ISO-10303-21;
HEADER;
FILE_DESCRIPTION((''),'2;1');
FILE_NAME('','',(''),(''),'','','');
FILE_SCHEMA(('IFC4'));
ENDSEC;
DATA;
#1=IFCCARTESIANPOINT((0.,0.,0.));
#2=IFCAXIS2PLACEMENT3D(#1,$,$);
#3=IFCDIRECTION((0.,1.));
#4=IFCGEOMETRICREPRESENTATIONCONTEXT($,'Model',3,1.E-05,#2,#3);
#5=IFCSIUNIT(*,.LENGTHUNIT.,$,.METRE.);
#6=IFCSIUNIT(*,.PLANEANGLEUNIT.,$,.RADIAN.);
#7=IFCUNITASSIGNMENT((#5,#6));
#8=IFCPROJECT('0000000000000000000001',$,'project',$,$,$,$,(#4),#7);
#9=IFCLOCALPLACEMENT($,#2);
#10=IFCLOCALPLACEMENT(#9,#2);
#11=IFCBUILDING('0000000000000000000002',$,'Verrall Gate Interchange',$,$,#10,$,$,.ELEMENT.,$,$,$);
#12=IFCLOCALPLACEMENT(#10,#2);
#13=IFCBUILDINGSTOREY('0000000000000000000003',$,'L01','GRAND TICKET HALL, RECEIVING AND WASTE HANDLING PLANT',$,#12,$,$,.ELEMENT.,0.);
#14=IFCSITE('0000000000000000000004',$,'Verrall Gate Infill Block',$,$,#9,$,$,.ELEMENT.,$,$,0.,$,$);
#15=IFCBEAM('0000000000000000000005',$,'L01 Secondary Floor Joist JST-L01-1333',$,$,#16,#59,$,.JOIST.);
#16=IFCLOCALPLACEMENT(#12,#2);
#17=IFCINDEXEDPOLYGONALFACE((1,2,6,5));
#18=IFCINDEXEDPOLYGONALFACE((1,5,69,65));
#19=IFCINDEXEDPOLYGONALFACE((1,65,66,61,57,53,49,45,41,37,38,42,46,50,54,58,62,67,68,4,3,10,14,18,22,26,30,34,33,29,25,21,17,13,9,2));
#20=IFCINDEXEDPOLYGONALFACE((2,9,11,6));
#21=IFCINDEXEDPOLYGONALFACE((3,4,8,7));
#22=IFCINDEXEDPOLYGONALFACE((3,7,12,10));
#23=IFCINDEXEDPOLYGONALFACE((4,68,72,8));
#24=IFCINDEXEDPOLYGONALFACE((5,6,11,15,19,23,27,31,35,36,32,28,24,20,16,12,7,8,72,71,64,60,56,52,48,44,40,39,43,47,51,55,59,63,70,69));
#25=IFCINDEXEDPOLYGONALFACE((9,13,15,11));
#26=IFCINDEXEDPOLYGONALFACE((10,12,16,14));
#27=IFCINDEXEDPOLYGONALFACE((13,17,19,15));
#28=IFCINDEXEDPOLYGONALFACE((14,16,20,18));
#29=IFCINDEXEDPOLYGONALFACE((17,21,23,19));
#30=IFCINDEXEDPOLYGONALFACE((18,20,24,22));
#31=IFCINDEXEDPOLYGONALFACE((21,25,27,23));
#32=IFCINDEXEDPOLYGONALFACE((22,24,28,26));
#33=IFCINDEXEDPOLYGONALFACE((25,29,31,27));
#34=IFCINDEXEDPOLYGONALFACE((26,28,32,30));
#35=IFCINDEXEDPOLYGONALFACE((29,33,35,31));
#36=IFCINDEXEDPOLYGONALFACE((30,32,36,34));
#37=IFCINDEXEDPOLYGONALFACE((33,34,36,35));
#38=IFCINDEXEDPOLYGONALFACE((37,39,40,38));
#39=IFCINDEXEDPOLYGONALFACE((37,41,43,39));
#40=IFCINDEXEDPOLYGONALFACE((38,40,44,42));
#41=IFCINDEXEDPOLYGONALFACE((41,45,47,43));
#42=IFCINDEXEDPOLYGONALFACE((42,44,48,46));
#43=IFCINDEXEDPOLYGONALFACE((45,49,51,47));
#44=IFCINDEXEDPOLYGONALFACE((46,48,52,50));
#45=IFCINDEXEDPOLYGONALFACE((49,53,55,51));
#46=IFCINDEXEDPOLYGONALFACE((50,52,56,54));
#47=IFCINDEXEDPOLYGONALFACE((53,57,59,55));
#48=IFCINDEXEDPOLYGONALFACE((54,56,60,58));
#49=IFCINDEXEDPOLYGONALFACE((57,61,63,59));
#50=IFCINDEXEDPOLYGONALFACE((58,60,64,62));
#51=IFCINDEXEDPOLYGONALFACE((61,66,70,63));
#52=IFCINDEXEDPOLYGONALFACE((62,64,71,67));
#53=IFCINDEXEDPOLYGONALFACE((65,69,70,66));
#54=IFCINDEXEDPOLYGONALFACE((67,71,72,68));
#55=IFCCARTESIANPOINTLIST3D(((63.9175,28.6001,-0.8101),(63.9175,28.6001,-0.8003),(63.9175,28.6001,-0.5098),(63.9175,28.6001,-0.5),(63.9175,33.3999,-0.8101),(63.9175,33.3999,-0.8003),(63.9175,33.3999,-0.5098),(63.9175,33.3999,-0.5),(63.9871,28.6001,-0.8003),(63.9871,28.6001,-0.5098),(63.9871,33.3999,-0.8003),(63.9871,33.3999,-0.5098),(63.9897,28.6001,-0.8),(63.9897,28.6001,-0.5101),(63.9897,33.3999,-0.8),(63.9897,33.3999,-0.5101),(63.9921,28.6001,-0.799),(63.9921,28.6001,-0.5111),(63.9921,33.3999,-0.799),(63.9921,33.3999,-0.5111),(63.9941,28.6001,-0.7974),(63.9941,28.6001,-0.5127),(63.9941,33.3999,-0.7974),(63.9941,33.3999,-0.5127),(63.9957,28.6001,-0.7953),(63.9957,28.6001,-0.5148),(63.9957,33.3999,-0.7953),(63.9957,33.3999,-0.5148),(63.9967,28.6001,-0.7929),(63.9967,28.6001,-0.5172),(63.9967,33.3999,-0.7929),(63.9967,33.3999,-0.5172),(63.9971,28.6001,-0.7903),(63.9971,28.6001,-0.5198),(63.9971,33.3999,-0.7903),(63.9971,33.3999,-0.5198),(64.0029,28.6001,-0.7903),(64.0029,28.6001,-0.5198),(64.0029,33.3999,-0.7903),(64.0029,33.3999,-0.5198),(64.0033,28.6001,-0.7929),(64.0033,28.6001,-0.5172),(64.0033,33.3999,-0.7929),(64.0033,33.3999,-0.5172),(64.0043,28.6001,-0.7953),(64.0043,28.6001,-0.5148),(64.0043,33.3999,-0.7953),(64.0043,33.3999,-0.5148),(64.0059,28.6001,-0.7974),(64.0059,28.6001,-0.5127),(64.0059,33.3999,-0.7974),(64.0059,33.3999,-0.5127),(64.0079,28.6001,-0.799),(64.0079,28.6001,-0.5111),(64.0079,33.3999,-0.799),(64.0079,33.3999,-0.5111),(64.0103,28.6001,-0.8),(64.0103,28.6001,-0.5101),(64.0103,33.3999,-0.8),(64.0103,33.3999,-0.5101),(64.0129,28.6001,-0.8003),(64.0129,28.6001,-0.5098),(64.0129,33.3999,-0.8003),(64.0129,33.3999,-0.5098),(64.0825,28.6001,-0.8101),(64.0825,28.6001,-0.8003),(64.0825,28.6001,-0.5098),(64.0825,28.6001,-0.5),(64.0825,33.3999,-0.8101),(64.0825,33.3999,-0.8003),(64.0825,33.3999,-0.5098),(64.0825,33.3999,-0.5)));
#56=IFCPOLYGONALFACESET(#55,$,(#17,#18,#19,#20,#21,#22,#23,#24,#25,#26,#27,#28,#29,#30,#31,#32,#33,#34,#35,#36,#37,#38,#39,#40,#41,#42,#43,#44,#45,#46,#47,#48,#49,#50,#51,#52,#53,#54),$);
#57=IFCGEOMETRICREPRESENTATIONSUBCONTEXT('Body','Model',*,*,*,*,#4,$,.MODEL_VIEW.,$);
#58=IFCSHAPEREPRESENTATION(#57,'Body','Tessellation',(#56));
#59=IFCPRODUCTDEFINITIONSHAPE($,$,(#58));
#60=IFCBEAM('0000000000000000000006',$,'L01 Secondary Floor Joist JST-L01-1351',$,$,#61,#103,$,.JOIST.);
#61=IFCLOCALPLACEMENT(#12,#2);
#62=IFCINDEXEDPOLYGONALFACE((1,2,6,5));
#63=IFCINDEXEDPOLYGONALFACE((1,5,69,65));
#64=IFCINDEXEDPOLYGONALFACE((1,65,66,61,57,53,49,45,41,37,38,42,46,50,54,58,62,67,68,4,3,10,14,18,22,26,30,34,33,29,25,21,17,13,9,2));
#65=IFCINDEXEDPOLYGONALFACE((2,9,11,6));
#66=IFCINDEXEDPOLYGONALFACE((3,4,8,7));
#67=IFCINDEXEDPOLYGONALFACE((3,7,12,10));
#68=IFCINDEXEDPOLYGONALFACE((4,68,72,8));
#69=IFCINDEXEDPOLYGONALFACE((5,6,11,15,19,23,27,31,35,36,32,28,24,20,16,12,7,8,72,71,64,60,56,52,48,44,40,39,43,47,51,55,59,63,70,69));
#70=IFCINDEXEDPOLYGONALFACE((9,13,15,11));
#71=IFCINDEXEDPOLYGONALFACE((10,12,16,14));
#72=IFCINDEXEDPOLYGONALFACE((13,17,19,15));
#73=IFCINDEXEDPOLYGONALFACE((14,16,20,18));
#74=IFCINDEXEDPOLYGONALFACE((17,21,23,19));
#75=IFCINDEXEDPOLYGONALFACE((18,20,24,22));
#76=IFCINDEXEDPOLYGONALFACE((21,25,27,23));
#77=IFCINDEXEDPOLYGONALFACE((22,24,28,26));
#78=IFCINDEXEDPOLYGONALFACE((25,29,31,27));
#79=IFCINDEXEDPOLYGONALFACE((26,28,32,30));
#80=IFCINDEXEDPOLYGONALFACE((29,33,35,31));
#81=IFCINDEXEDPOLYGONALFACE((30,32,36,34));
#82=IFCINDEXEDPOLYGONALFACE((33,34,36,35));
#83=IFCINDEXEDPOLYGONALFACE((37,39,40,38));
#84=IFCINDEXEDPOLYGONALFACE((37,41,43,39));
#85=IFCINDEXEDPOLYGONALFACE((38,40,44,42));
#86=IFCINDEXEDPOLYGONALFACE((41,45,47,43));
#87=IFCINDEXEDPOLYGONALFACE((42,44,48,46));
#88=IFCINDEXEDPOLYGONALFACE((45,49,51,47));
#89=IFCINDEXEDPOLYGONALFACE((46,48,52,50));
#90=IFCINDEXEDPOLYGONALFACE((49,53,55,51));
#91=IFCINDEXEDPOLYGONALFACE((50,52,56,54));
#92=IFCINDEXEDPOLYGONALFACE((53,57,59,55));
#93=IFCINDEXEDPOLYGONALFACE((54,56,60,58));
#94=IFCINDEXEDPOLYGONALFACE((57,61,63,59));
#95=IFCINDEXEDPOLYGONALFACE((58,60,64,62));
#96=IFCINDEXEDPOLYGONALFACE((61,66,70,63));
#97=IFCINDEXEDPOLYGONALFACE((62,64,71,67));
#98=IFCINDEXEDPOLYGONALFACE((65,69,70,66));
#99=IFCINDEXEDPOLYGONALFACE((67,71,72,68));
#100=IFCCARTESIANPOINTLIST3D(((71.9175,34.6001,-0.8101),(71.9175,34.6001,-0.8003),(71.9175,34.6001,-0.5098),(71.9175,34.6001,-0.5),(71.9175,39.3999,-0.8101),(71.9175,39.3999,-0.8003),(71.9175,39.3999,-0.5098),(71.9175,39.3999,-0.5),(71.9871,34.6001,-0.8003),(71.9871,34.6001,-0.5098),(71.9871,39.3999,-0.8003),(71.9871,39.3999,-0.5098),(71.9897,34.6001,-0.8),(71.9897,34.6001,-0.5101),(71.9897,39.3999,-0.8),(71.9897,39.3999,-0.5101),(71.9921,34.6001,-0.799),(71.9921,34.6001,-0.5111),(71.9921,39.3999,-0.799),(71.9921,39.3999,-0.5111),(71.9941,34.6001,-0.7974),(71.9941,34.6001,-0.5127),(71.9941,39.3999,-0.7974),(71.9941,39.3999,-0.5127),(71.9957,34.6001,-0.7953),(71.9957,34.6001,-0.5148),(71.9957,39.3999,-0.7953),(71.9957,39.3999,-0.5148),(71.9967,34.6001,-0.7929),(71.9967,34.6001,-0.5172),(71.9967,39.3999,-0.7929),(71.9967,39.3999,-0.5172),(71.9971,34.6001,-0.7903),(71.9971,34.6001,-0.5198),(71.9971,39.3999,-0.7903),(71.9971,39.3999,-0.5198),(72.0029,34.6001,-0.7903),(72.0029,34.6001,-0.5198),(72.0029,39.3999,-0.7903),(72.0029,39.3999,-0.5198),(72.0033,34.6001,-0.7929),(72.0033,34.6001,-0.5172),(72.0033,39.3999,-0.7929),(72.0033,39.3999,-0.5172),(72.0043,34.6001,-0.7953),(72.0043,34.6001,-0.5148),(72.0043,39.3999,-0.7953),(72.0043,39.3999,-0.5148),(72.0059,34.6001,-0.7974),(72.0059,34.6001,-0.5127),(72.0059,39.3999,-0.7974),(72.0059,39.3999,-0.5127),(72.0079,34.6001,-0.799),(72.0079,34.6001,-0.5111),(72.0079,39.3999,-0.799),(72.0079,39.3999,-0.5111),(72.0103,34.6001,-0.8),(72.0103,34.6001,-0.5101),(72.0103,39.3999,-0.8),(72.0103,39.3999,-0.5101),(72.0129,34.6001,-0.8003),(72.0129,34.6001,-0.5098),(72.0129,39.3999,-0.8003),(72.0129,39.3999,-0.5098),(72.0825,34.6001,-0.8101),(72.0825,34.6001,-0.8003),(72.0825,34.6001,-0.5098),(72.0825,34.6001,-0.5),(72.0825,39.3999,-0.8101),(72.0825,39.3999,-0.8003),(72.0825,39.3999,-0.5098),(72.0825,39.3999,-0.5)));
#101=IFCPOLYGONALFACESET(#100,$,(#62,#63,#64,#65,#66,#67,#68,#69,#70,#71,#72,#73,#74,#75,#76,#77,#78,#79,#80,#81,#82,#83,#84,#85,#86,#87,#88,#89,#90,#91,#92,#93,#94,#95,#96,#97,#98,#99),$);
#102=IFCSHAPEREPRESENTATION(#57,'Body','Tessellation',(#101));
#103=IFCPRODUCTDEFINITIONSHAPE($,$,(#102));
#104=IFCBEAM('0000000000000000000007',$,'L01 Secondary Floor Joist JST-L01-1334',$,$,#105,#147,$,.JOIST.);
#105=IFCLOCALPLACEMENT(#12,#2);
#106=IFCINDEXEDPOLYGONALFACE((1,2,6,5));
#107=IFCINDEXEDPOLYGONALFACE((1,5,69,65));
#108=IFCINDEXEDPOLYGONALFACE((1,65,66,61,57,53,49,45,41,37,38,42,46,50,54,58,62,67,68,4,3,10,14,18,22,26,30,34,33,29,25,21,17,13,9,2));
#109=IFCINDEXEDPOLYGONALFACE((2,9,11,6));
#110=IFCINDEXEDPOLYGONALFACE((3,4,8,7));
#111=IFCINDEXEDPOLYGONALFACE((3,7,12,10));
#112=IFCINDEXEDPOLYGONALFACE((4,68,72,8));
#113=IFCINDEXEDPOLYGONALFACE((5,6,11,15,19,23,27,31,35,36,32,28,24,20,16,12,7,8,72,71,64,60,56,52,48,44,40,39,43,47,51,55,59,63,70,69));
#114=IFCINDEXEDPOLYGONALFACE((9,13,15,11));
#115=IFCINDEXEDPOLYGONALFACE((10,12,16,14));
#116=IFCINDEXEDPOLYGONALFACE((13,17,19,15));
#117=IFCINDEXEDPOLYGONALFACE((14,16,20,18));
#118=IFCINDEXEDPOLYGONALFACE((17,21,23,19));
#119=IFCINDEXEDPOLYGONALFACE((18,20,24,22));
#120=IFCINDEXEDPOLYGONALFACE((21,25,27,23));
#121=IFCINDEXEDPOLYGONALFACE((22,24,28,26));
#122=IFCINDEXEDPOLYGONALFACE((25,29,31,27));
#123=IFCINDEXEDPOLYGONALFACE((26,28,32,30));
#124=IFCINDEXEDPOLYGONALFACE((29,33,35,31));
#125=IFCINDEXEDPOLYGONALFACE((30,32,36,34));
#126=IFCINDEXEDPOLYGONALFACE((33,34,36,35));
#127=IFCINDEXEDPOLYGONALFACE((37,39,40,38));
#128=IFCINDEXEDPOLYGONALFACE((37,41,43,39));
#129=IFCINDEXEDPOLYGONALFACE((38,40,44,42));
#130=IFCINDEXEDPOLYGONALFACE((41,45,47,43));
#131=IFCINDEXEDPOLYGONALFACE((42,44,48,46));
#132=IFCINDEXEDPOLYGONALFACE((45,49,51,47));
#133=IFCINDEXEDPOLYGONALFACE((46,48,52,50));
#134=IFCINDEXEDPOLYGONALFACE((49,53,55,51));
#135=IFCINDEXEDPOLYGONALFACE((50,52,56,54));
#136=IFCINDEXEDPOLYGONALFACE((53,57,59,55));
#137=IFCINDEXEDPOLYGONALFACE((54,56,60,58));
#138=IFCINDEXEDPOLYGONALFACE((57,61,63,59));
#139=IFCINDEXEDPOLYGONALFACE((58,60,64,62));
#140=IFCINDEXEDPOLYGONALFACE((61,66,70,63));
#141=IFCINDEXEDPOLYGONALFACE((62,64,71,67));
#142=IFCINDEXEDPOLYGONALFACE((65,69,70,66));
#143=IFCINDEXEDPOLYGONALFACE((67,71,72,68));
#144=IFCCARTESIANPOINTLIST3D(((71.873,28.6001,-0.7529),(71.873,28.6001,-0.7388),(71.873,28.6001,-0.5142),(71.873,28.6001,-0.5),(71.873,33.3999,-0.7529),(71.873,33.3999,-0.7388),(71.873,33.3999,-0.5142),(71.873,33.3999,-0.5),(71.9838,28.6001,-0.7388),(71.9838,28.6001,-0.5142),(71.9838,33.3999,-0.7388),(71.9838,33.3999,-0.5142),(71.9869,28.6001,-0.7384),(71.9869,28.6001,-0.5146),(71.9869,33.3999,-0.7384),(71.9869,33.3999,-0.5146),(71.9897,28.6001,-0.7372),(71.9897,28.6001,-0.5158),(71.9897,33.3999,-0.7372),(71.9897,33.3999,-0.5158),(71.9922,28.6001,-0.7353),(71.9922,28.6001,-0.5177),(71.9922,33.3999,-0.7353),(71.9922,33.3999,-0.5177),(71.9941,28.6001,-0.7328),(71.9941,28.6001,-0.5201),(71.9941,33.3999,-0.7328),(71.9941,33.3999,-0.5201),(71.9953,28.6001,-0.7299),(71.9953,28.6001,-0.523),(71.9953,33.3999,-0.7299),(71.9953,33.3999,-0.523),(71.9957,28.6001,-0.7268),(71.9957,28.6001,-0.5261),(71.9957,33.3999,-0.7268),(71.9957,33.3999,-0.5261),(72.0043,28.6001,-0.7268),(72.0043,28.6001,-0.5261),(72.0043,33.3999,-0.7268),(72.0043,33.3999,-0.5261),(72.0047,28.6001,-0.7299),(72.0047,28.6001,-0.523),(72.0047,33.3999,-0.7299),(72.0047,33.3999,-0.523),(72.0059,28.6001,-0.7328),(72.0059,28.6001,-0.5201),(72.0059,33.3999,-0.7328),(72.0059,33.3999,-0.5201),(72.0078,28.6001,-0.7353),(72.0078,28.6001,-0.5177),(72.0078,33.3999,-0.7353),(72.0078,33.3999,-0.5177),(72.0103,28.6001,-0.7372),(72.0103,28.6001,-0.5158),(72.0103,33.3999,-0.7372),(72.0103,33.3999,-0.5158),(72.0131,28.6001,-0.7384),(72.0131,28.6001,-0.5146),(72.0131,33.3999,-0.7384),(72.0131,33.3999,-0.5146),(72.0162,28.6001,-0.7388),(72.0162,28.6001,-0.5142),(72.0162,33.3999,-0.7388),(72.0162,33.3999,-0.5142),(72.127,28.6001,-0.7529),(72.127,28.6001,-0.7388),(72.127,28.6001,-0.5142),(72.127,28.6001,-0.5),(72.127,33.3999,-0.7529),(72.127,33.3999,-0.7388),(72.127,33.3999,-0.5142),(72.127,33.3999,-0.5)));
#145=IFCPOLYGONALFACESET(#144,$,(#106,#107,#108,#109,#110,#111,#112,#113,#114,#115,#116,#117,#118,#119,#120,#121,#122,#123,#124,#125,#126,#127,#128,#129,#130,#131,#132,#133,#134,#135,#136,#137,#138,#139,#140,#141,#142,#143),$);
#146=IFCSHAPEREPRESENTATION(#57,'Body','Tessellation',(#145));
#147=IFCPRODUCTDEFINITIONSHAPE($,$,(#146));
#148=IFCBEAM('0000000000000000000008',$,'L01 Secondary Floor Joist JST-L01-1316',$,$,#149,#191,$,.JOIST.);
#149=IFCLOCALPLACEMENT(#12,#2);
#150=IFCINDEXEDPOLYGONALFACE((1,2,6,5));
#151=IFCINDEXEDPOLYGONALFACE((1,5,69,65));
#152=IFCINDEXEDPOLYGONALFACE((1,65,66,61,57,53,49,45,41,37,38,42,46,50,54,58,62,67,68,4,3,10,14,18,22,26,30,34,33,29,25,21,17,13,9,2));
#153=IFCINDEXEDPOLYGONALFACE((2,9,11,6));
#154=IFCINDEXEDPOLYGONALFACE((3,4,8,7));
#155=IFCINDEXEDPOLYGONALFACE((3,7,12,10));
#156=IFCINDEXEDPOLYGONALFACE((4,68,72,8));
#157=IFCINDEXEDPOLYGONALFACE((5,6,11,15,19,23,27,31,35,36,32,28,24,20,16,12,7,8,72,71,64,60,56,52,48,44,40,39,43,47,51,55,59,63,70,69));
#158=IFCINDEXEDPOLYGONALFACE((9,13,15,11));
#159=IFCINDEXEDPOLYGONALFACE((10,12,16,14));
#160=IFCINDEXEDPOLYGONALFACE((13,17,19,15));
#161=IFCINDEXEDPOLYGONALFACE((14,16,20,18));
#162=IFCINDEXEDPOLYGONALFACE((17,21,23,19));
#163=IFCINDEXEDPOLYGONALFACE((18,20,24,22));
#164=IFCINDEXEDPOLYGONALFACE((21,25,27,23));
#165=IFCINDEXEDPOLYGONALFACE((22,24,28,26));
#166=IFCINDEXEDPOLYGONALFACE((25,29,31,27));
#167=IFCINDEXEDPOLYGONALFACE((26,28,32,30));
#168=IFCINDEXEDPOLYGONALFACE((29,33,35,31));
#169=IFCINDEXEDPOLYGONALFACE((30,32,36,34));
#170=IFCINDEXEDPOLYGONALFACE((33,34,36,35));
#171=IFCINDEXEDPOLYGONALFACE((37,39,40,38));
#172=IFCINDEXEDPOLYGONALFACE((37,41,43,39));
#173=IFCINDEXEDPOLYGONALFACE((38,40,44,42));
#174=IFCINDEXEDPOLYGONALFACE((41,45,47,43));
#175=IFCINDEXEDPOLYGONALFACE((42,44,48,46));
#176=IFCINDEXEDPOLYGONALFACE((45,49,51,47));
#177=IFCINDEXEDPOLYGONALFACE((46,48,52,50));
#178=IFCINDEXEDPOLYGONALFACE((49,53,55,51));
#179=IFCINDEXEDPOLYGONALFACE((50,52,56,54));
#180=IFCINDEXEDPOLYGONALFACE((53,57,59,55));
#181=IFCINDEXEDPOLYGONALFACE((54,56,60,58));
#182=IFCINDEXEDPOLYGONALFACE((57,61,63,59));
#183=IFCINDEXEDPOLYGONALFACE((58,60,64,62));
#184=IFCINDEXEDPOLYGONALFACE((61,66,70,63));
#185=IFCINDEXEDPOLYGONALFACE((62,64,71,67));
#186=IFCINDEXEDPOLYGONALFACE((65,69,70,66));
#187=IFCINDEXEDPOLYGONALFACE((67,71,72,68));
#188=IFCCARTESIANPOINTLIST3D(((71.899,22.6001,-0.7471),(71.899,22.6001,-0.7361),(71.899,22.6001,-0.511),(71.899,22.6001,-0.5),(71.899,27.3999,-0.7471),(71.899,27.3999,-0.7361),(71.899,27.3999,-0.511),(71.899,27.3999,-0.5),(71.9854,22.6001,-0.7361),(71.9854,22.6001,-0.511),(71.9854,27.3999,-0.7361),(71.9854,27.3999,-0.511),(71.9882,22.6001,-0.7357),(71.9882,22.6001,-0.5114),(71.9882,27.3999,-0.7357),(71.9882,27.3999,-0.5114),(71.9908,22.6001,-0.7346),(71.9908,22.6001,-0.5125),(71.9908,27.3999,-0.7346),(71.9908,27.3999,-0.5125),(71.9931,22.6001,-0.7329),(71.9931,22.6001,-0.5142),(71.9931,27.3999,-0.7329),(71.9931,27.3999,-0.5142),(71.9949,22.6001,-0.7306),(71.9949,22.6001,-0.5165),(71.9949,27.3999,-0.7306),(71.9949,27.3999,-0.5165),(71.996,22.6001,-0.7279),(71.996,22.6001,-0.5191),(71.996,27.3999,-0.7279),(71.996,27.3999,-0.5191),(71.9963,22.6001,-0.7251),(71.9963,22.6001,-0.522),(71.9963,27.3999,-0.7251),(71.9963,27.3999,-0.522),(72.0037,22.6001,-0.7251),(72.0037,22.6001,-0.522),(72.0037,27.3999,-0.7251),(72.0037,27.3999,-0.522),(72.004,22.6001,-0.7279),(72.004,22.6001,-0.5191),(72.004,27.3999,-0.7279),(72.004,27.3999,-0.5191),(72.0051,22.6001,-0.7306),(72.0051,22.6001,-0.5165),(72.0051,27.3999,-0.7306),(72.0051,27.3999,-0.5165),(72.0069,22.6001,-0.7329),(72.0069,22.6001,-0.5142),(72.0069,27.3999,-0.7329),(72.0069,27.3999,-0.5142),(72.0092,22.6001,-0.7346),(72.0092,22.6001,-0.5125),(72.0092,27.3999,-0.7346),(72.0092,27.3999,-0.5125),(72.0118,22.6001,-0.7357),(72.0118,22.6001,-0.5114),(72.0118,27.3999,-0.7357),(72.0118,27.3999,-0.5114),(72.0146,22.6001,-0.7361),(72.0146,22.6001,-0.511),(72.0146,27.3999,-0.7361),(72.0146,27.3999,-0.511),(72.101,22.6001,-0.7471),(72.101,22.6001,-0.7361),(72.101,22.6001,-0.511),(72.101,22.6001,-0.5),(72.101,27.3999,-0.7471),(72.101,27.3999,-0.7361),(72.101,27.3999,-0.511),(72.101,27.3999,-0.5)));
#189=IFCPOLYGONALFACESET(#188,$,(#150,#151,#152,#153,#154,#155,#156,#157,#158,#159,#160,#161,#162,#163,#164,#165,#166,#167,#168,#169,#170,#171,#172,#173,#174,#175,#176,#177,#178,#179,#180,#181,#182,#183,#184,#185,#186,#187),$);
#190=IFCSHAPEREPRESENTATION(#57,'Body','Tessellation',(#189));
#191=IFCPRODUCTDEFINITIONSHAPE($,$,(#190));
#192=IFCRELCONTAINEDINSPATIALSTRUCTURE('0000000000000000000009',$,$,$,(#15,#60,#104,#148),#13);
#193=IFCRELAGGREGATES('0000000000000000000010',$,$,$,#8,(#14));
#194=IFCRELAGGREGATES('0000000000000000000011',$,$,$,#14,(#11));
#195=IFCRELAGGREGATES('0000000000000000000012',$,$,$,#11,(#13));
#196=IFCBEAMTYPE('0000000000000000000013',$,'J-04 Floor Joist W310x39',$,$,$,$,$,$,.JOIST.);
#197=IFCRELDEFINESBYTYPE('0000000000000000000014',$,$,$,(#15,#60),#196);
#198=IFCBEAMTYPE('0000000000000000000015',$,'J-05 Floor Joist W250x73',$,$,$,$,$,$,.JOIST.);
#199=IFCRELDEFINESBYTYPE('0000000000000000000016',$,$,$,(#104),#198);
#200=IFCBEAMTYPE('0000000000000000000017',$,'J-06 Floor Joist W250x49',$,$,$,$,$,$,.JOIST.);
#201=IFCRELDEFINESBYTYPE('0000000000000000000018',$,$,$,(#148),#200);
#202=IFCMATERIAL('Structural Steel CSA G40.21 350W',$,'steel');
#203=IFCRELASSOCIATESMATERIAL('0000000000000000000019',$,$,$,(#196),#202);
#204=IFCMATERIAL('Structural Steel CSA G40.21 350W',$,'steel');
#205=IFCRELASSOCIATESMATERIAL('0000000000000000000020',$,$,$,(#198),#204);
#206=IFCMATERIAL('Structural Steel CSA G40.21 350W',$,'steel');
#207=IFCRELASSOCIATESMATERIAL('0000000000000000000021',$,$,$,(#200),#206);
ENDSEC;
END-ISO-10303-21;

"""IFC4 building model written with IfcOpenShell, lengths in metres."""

from ifc_helpers import new_model, si_unit, direction, frame, origin, origin_2d, place, context, subcontext, project, spatial, i_section, extrude, material, material_profile, profile_set, type_object, element, save


model = new_model("IFC4")

# Units and contexts
model_context = context("Model", 3, precision=1e-05, world=origin(), true_north=direction((0.0, 1.0)))
body_context = subcontext(model_context, "Body", "Model", "MODEL_VIEW")
ifc_project = project(units=[si_unit("LENGTHUNIT", "METRE"), si_unit("PLANEANGLEUNIT", "RADIAN")], contexts=[model_context])

# Site, building, storey
site_placement = place(None, origin())
site = spatial("IfcSite", under=ifc_project, at=site_placement, Name="Verrall Gate Infill Block", CompositionType="ELEMENT", RefElevation=0.0)
building_placement = place(site_placement, origin())
building = spatial("IfcBuilding", under=site, at=building_placement, Name="Verrall Gate Interchange", CompositionType="ELEMENT")
storey_placement = place(building_placement, origin())
storey = spatial("IfcBuildingStorey", under=building, at=storey_placement, Name="L01", Description="GRAND TICKET HALL, RECEIVING AND WASTE HANDLING PLANT", CompositionType="ELEMENT", Elevation=0.0)

# Beams
ifc_material_1 = material(Name="Structural Steel CSA G40.21 350W", Category="steel")
ifc_material_profile_1 = material_profile(ifc_material_1, i_section(OverallWidth=0.165, OverallDepth=0.3101, WebThickness=0.0059, FlangeThickness=0.0098, FilletRadius=0.01, at=origin_2d()), Name="W310x39")
ifc_profile_set_1 = profile_set([ifc_material_profile_1], Name="Structural Steel CSA G40.21 350W")
beam_type_1 = type_object("IfcBeamType", Name="J-04 Floor Joist W310x39", PredefinedType="JOIST", material=ifc_profile_set_1)
for number, where, z_axis, x_axis, name in (
    (1, (64.0, 28.6001, -0.655), (0.0, 1.0, 0.0), (-1.0, 0.0, 0.0), "L01 Secondary Floor Joist JST-L01-1333"),
    (2, (72.0, 34.6001, -0.655), (0.0, 1.0, 0.0), (-1.0, 0.0, 0.0), "L01 Secondary Floor Joist JST-L01-1351"),
):
    element("IfcBeam", number, at=place(storey_placement, frame(where, z_axis=z_axis, x_axis=x_axis)), inside=storey, type_object=beam_type_1, Name=name, PredefinedType="JOIST", context=body_context, shape_type="SweptSolid", body=[
        extrude(i_section(OverallWidth=0.165, OverallDepth=0.3101, WebThickness=0.0059, FlangeThickness=0.0098, FilletRadius=0.01, at=origin_2d()), origin(), (0.0, 0.0, 1.0), 4.7998),
    ])
ifc_material_2 = material(Name="Structural Steel CSA G40.21 350W", Category="steel")
ifc_material_profile_2 = material_profile(ifc_material_2, i_section(OverallWidth=0.2539, OverallDepth=0.2529, WebThickness=0.0085, FlangeThickness=0.0142, FilletRadius=0.012, at=origin_2d()), Name="W250x73")
ifc_profile_set_2 = profile_set([ifc_material_profile_2], Name="Structural Steel CSA G40.21 350W")
beam_type_2 = type_object("IfcBeamType", Name="J-05 Floor Joist W250x73", PredefinedType="JOIST", material=ifc_profile_set_2)
beam_1_placement = place(storey_placement, frame((72.0, 28.6001, -0.6265), z_axis=(0.0, 1.0, 0.0), x_axis=(-1.0, 0.0, 0.0)))
element("IfcBeam", 3, at=beam_1_placement, inside=storey, type_object=beam_type_2, Name="L01 Secondary Floor Joist JST-L01-1334", PredefinedType="JOIST", context=body_context, shape_type="SweptSolid", body=[
    extrude(i_section(OverallWidth=0.2539, OverallDepth=0.2529, WebThickness=0.0085, FlangeThickness=0.0142, FilletRadius=0.012, at=origin_2d()), origin(), (0.0, 0.0, 1.0), 4.7998),
])
ifc_material_3 = material(Name="Structural Steel CSA G40.21 350W", Category="steel")
ifc_material_profile_3 = material_profile(ifc_material_3, i_section(OverallWidth=0.2019, OverallDepth=0.2471, WebThickness=0.0073, FlangeThickness=0.011, FilletRadius=0.011, at=origin_2d()), Name="W250x49")
ifc_profile_set_3 = profile_set([ifc_material_profile_3], Name="Structural Steel CSA G40.21 350W")
beam_type_3 = type_object("IfcBeamType", Name="J-06 Floor Joist W250x49", PredefinedType="JOIST", material=ifc_profile_set_3)
beam_2_placement = place(storey_placement, frame((72.0, 22.6001, -0.6235), z_axis=(0.0, 1.0, 0.0), x_axis=(-1.0, 0.0, 0.0)))
element("IfcBeam", 4, at=beam_2_placement, inside=storey, type_object=beam_type_3, Name="L01 Secondary Floor Joist JST-L01-1316", PredefinedType="JOIST", context=body_context, shape_type="SweptSolid", body=[
    extrude(i_section(OverallWidth=0.2019, OverallDepth=0.2471, WebThickness=0.0073, FlangeThickness=0.011, FilletRadius=0.011, at=origin_2d()), origin(), (0.0, 0.0, 1.0), 4.7998),
])

save(model, "model.ifc")
